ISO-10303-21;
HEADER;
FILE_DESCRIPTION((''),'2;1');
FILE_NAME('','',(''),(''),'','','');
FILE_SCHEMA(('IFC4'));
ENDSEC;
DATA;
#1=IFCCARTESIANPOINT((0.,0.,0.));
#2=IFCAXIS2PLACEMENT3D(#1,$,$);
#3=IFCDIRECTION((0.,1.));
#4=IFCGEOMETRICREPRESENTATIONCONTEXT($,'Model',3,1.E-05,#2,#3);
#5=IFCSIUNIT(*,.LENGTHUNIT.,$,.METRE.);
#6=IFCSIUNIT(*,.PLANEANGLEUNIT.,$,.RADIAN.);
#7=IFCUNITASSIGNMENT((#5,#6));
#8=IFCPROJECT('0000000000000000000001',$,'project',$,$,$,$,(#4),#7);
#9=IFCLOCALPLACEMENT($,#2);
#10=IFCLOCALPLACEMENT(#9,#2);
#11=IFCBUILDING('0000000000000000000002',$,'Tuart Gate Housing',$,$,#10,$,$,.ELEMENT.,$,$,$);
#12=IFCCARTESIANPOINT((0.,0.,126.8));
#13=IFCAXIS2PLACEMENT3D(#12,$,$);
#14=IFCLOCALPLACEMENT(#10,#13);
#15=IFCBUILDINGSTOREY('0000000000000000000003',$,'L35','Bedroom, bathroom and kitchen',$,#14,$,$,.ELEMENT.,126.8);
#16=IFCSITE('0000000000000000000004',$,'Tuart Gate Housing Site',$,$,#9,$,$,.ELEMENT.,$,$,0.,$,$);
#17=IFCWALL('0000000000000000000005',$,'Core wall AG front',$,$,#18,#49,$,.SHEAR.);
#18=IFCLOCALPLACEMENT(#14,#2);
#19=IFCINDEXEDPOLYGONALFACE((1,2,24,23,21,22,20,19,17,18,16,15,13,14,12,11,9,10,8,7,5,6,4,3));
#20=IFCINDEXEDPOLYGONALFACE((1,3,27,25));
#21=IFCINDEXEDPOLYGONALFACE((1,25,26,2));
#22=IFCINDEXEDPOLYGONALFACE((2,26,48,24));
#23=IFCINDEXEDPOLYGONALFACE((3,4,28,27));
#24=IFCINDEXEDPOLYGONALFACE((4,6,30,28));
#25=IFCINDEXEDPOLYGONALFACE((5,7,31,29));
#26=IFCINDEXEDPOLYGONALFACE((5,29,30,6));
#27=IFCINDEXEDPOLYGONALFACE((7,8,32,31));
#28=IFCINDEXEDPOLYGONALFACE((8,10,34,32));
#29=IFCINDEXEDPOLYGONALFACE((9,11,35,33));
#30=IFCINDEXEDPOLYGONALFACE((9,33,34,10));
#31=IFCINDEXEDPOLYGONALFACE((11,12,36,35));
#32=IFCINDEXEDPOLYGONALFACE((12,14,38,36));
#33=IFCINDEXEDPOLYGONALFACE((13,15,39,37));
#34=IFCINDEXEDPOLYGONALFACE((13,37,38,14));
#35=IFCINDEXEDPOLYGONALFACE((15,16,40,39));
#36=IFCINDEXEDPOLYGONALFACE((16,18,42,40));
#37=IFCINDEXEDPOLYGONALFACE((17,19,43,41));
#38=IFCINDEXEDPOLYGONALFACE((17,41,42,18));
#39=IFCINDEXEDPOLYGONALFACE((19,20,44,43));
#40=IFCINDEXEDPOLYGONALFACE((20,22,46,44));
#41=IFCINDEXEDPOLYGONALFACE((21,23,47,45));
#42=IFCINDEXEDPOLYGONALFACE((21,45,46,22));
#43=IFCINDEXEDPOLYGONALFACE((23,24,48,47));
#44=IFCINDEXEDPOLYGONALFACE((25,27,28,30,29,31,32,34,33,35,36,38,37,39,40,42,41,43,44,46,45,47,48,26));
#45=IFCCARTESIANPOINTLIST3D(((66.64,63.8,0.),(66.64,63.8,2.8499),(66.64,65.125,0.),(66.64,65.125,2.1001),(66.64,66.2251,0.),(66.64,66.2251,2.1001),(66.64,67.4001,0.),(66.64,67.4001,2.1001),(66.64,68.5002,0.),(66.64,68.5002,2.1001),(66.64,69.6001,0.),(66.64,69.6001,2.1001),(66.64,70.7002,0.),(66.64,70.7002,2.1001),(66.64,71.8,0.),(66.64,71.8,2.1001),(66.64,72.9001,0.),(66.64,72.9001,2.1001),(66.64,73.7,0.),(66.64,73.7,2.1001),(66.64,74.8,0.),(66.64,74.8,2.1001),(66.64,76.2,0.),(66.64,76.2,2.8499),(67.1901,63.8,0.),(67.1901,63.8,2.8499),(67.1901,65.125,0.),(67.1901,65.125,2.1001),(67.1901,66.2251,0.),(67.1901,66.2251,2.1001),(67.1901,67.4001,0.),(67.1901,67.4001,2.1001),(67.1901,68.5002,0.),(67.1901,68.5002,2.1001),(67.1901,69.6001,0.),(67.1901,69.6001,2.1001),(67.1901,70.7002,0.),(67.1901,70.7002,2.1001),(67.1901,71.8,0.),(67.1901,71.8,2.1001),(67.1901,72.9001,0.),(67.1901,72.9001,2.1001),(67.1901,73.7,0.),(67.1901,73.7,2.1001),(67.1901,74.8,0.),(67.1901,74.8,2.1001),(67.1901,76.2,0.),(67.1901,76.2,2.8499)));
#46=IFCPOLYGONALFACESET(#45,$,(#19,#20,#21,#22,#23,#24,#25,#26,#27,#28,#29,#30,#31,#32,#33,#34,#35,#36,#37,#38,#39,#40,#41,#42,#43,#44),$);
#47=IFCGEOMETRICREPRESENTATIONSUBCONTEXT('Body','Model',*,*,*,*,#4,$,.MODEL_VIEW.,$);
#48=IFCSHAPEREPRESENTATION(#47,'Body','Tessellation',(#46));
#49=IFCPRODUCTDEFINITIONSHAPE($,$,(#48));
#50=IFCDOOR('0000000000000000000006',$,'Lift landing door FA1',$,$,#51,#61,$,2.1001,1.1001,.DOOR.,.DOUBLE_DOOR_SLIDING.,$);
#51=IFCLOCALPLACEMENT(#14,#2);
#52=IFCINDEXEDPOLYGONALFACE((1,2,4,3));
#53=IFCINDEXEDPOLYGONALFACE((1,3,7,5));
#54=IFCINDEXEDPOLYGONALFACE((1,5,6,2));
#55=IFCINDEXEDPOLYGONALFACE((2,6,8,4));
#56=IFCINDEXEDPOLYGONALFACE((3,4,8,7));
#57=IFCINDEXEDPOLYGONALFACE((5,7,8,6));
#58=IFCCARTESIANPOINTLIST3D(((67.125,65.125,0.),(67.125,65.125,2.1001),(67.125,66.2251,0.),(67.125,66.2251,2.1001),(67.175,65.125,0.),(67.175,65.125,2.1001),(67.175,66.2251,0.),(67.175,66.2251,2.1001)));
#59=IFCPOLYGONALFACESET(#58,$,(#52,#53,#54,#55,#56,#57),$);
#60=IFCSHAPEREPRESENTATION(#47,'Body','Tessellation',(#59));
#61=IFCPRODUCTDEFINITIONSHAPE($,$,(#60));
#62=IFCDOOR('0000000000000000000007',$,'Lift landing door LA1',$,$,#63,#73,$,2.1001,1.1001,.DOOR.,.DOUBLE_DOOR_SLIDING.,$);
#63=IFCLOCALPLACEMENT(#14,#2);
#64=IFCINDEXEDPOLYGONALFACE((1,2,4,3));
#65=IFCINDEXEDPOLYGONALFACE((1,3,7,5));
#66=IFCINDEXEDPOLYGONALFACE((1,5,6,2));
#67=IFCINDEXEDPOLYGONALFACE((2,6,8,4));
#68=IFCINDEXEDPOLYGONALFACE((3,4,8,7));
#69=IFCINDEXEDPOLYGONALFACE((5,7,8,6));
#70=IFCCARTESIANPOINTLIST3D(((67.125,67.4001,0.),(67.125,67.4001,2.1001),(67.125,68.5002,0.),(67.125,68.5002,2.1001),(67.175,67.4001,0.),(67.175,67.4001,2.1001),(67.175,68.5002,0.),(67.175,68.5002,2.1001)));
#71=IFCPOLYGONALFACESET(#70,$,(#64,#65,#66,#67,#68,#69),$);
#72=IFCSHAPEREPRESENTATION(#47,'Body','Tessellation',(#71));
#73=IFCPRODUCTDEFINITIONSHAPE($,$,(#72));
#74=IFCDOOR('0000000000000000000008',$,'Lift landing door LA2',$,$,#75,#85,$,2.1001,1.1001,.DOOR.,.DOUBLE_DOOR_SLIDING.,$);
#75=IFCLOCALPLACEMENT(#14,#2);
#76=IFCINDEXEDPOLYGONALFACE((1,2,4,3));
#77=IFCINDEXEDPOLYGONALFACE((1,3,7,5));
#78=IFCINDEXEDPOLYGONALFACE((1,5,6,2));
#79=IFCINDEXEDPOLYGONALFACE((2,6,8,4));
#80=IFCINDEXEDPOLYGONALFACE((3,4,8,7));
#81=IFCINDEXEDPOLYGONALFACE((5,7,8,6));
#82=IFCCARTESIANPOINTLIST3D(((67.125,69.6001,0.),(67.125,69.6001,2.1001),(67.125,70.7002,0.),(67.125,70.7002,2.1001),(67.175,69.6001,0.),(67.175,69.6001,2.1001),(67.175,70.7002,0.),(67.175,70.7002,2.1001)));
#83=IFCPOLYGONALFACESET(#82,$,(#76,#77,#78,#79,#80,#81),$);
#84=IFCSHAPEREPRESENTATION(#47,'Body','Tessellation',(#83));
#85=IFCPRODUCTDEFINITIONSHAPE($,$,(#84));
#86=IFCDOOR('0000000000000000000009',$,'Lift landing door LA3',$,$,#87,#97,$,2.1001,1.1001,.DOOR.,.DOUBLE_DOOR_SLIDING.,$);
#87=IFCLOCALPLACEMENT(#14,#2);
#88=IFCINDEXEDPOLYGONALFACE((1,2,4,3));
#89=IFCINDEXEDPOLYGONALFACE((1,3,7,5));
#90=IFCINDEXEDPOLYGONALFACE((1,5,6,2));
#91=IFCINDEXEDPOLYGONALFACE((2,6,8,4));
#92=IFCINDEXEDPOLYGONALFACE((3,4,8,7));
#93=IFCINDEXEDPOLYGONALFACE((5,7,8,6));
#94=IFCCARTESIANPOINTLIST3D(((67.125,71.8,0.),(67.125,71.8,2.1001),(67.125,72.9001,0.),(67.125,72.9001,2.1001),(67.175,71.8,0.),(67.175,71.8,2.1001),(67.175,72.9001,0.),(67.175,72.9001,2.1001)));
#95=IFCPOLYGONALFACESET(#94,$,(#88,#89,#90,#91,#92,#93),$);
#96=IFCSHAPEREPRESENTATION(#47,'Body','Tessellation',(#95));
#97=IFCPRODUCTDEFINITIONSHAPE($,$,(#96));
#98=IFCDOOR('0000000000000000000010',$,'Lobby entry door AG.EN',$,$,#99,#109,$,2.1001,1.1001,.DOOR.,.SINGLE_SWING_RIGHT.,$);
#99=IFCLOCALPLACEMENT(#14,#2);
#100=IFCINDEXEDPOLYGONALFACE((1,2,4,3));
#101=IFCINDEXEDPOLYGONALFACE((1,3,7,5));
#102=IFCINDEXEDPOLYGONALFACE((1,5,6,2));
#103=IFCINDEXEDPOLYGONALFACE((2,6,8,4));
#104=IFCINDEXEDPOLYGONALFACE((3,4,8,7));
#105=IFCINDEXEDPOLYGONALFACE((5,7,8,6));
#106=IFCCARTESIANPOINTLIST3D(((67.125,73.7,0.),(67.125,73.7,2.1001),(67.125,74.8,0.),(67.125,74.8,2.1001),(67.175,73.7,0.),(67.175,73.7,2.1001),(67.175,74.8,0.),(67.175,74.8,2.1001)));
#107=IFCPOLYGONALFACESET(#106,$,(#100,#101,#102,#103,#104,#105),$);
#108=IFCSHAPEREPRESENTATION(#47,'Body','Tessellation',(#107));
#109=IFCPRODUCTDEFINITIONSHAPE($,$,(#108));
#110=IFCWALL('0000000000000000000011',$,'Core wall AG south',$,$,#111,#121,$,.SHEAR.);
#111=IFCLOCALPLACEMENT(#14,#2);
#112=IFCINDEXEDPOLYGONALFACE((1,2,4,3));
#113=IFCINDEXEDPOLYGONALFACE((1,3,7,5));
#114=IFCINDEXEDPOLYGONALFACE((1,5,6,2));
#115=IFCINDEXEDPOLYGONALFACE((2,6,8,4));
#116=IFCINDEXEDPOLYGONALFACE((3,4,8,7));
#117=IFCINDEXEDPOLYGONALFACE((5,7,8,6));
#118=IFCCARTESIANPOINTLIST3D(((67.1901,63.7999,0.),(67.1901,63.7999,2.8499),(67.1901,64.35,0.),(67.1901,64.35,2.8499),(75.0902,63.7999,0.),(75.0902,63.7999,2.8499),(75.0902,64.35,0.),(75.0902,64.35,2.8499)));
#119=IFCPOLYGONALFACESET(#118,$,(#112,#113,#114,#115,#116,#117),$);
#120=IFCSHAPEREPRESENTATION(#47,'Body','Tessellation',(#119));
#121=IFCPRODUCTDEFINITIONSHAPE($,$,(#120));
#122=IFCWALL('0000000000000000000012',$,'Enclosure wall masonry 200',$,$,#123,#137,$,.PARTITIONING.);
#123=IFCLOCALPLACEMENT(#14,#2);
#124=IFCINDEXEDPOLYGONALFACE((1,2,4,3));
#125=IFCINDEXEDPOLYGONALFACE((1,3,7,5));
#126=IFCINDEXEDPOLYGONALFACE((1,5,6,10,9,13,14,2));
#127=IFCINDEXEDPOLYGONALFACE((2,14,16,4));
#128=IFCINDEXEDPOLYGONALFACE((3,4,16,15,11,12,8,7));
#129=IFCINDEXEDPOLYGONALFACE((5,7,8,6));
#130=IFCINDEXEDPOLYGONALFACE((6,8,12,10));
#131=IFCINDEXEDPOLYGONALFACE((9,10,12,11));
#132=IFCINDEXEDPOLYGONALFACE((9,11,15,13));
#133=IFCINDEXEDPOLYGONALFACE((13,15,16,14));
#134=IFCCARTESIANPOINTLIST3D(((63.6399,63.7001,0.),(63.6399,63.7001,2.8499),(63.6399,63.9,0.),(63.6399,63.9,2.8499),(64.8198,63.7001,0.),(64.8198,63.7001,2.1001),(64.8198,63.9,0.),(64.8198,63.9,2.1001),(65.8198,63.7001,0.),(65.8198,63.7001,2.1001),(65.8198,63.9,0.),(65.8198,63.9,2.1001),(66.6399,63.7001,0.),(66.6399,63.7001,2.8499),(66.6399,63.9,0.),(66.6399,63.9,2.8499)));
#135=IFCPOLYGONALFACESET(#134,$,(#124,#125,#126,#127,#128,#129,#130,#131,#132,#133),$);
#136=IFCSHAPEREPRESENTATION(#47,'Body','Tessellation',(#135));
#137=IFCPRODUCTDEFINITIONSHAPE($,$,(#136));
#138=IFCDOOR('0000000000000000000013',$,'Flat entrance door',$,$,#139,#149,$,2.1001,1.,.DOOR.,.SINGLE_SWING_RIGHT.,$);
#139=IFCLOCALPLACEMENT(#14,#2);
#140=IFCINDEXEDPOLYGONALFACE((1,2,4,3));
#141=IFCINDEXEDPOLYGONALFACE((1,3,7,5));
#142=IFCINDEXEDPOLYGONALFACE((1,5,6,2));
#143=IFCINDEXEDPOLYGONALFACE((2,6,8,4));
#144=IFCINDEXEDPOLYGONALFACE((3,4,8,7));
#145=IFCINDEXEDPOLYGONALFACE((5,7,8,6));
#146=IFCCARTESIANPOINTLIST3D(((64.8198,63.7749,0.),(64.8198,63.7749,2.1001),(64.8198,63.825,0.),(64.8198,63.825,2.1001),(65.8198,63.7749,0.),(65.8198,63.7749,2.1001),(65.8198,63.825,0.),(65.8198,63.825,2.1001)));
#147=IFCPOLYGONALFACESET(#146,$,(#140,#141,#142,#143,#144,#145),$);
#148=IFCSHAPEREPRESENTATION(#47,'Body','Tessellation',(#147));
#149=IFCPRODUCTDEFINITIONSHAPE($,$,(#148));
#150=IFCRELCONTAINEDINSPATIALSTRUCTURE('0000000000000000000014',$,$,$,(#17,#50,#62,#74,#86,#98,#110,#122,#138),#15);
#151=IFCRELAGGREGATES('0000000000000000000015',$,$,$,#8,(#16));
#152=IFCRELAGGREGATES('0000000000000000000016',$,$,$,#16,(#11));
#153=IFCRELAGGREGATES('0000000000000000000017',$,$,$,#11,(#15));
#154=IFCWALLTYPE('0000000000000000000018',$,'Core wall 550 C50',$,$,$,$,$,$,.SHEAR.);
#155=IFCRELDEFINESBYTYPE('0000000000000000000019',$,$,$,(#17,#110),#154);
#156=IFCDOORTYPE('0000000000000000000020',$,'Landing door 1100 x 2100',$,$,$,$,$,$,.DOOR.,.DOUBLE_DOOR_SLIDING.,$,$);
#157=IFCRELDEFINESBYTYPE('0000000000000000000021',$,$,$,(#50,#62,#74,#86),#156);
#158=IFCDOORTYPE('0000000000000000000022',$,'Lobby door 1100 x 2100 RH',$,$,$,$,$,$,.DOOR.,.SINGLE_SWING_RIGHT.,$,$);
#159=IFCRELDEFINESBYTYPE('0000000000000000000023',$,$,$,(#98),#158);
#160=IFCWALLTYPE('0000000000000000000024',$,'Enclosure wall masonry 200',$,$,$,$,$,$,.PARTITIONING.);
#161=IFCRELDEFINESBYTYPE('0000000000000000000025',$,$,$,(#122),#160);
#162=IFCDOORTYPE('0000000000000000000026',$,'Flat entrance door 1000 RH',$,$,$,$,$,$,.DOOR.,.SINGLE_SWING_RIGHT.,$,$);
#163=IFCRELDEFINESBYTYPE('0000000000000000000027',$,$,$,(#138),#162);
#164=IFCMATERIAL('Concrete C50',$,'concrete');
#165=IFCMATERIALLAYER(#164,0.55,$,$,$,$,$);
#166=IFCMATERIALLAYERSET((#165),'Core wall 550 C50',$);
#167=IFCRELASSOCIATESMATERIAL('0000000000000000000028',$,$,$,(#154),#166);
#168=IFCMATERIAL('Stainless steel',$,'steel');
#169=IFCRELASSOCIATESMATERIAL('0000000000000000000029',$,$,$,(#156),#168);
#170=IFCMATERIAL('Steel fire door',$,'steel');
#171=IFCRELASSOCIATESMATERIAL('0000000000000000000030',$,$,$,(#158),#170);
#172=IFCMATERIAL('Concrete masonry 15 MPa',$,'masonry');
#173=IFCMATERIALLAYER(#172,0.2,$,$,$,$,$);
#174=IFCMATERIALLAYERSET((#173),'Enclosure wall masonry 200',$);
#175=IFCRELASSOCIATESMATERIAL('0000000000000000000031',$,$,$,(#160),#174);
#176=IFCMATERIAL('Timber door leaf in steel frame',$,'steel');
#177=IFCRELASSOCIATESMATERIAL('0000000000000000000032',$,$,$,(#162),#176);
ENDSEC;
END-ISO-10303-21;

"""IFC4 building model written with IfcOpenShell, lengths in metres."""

from ifc_helpers import new_model, si_unit, direction, frame, frame_2d, origin, place, context, subcontext, project, spatial, rectangle, extrude, material, layer, layer_set, type_object, element, fill, save


model = new_model("IFC4")

# Units and contexts
model_context = context("Model", 3, precision=1e-05, world=origin(), true_north=direction((0.0, 1.0)))
body_context = subcontext(model_context, "Body", "Model", "MODEL_VIEW")
ifc_project = project(units=[si_unit("LENGTHUNIT", "METRE"), si_unit("PLANEANGLEUNIT", "RADIAN")], contexts=[model_context])

# Site, building, storey
site_placement = place(None, origin())
site = spatial("IfcSite", under=ifc_project, at=site_placement, Name="Tuart Gate Housing Site", CompositionType="ELEMENT", RefElevation=0.0)
building_placement = place(site_placement, origin())
building = spatial("IfcBuilding", under=site, at=building_placement, Name="Tuart Gate Housing", CompositionType="ELEMENT")
storey_placement = place(building_placement, frame((0.0, 0.0, 126.8)))
storey = spatial("IfcBuildingStorey", under=building, at=storey_placement, Name="L35", Description="Bedroom, bathroom and kitchen", CompositionType="ELEMENT", Elevation=126.8)

# Wall, openings, doors
ifc_material_1 = material(Name="Concrete C50", Category="concrete")
ifc_layer_1 = layer(ifc_material_1, 0.55)
ifc_layer_set_1 = layer_set([ifc_layer_1], Name="Core wall 550 C50")
wall_type_1 = type_object("IfcWallType", Name="Core wall 550 C50", PredefinedType="SHEAR", material=ifc_layer_set_1)
wall_1_placement = place(storey_placement, frame((66.915, 63.8, 0.0), z_axis=(0.0, 0.0, 1.0), x_axis=(0.0, 1.0, 0.0)))
wall_1 = element("IfcWall", 1, at=wall_1_placement, inside=storey, type_object=wall_type_1, Name="Core wall AG front", PredefinedType="SHEAR", context=body_context, shape_type="SweptSolid", body=[
    extrude(rectangle(XDim=12.3999, YDim=0.55, at=frame_2d((6.2, 0.0))), origin(), (0.0, 0.0, 1.0), 2.8499),
])
opening_1_placement = place(wall_1_placement, frame((1.325, 0.0, 0.0)))
opening_1 = element("IfcOpeningElement", 2, at=opening_1_placement, cuts=wall_1, PredefinedType="OPENING", context=body_context, shape_type="SweptSolid", body=[
    extrude(rectangle(XDim=1.1001, YDim=2.1001, at=frame_2d((0.55, 1.05))), frame((0.0, 0.2849, 0.0), z_axis=(0.0, -1.0, 0.0), x_axis=(1.0, 0.0, 0.0)), (0.0, 0.0, 1.0), 0.5701),
])
opening_2_placement = place(wall_1_placement, frame((3.6001, 0.0, 0.0)))
opening_2 = element("IfcOpeningElement", 3, at=opening_2_placement, cuts=wall_1, PredefinedType="OPENING", context=body_context, shape_type="SweptSolid", body=[
    extrude(rectangle(XDim=1.1001, YDim=2.1001, at=frame_2d((0.55, 1.05))), frame((0.0, 0.2849, 0.0), z_axis=(0.0, -1.0, 0.0), x_axis=(1.0, 0.0, 0.0)), (0.0, 0.0, 1.0), 0.5701),
])
opening_3_placement = place(wall_1_placement, frame((5.8, 0.0, 0.0)))
opening_3 = element("IfcOpeningElement", 4, at=opening_3_placement, cuts=wall_1, PredefinedType="OPENING", context=body_context, shape_type="SweptSolid", body=[
    extrude(rectangle(XDim=1.1001, YDim=2.1001, at=frame_2d((0.55, 1.05))), frame((0.0, 0.2849, 0.0), z_axis=(0.0, -1.0, 0.0), x_axis=(1.0, 0.0, 0.0)), (0.0, 0.0, 1.0), 0.5701),
])
opening_4_placement = place(wall_1_placement, frame((8.0, 0.0, 0.0)))
opening_4 = element("IfcOpeningElement", 5, at=opening_4_placement, cuts=wall_1, PredefinedType="OPENING", context=body_context, shape_type="SweptSolid", body=[
    extrude(rectangle(XDim=1.1001, YDim=2.1001, at=frame_2d((0.55, 1.05))), frame((0.0, 0.2849, 0.0), z_axis=(0.0, -1.0, 0.0), x_axis=(1.0, 0.0, 0.0)), (0.0, 0.0, 1.0), 0.5701),
])
opening_5_placement = place(wall_1_placement, frame((9.8999, 0.0, 0.0)))
opening_5 = element("IfcOpeningElement", 6, at=opening_5_placement, cuts=wall_1, PredefinedType="OPENING", context=body_context, shape_type="SweptSolid", body=[
    extrude(rectangle(XDim=1.1001, YDim=2.1001, at=frame_2d((0.55, 1.05))), frame((0.0, 0.2849, 0.0), z_axis=(0.0, -1.0, 0.0), x_axis=(1.0, 0.0, 0.0)), (0.0, 0.0, 1.0), 0.5701),
])
ifc_material_2 = material(Name="Stainless steel", Category="steel")
door_type_1 = type_object("IfcDoorType", Name="Landing door 1100 x 2100", OperationType="DOUBLE_DOOR_SLIDING", PredefinedType="DOOR", material=ifc_material_2)
door_1_placement = place(opening_1_placement, origin())
door_1 = element("IfcDoor", 7, at=door_1_placement, inside=storey, type_object=door_type_1, Name="Lift landing door FA1", OperationType="DOUBLE_DOOR_SLIDING", OverallHeight=2.1001, OverallWidth=1.1001, PredefinedType="DOOR", context=body_context, shape_type="SweptSolid", body=[
    extrude(rectangle(XDim=1.1001, YDim=2.1001, at=frame_2d((0.55, 1.05))), frame((0.0, -0.21, 0.0), z_axis=(0.0, -1.0, 0.0), x_axis=(1.0, 0.0, 0.0)), (0.0, 0.0, 1.0), 0.05),
])
fill(opening_1, door_1)
door_2_placement = place(opening_2_placement, origin())
door_2 = element("IfcDoor", 8, at=door_2_placement, inside=storey, type_object=door_type_1, Name="Lift landing door LA1", OperationType="DOUBLE_DOOR_SLIDING", OverallHeight=2.1001, OverallWidth=1.1001, PredefinedType="DOOR", context=body_context, shape_type="SweptSolid", body=[
    extrude(rectangle(XDim=1.1001, YDim=2.1001, at=frame_2d((0.55, 1.05))), frame((0.0, -0.21, 0.0), z_axis=(0.0, -1.0, 0.0), x_axis=(1.0, 0.0, 0.0)), (0.0, 0.0, 1.0), 0.05),
])
fill(opening_2, door_2)
door_3_placement = place(opening_3_placement, origin())
door_3 = element("IfcDoor", 9, at=door_3_placement, inside=storey, type_object=door_type_1, Name="Lift landing door LA2", OperationType="DOUBLE_DOOR_SLIDING", OverallHeight=2.1001, OverallWidth=1.1001, PredefinedType="DOOR", context=body_context, shape_type="SweptSolid", body=[
    extrude(rectangle(XDim=1.1001, YDim=2.1001, at=frame_2d((0.55, 1.05))), frame((0.0, -0.21, 0.0), z_axis=(0.0, -1.0, 0.0), x_axis=(1.0, 0.0, 0.0)), (0.0, 0.0, 1.0), 0.05),
])
fill(opening_3, door_3)
door_4_placement = place(opening_4_placement, origin())
door_4 = element("IfcDoor", 10, at=door_4_placement, inside=storey, type_object=door_type_1, Name="Lift landing door LA3", OperationType="DOUBLE_DOOR_SLIDING", OverallHeight=2.1001, OverallWidth=1.1001, PredefinedType="DOOR", context=body_context, shape_type="SweptSolid", body=[
    extrude(rectangle(XDim=1.1001, YDim=2.1001, at=frame_2d((0.55, 1.05))), frame((0.0, -0.21, 0.0), z_axis=(0.0, -1.0, 0.0), x_axis=(1.0, 0.0, 0.0)), (0.0, 0.0, 1.0), 0.05),
])
fill(opening_4, door_4)
ifc_material_3 = material(Name="Steel fire door", Category="steel")
door_type_2 = type_object("IfcDoorType", Name="Lobby door 1100 x 2100 RH", OperationType="SINGLE_SWING_RIGHT", PredefinedType="DOOR", material=ifc_material_3)
door_5_placement = place(opening_5_placement, frame((1.1001, 0.0, 0.0), z_axis=(0.0, 0.0, 1.0), x_axis=(-1.0, 0.0, 0.0)))
door_5 = element("IfcDoor", 11, at=door_5_placement, inside=storey, type_object=door_type_2, Name="Lobby entry door AG.EN", OperationType="SINGLE_SWING_RIGHT", OverallHeight=2.1001, OverallWidth=1.1001, PredefinedType="DOOR", context=body_context, shape_type="SweptSolid", body=[
    extrude(rectangle(XDim=1.1001, YDim=2.1001, at=frame_2d((0.55, 1.05))), frame((0.0, 0.26, 0.0), z_axis=(0.0, -1.0, 0.0), x_axis=(1.0, 0.0, 0.0)), (0.0, 0.0, 1.0), 0.05),
])
fill(opening_5, door_5)

# Wall
wall_2_placement = place(storey_placement, frame((67.1899, 64.075, 0.0), z_axis=(0.0, 0.0, 1.0), x_axis=(1.0, 0.0, 0.0)))
element("IfcWall", 12, at=wall_2_placement, inside=storey, type_object=wall_type_1, Name="Core wall AG south", PredefinedType="SHEAR", context=body_context, shape_type="SweptSolid", body=[
    extrude(rectangle(XDim=7.9001, YDim=0.55, at=frame_2d((3.9502, 0.0))), origin(), (0.0, 0.0, 1.0), 2.8499),
])

# Wall, opening, door
ifc_material_4 = material(Name="Concrete masonry 15 MPa", Category="masonry")
ifc_layer_2 = layer(ifc_material_4, 0.2)
ifc_layer_set_2 = layer_set([ifc_layer_2], Name="Enclosure wall masonry 200")
wall_type_2 = type_object("IfcWallType", Name="Enclosure wall masonry 200", PredefinedType="PARTITIONING", material=ifc_layer_set_2)
wall_3_placement = place(storey_placement, frame((63.6399, 63.8, 0.0), z_axis=(0.0, 0.0, 1.0), x_axis=(1.0, 0.0, 0.0)))
wall_3 = element("IfcWall", 13, at=wall_3_placement, inside=storey, type_object=wall_type_2, Name="Enclosure wall masonry 200", PredefinedType="PARTITIONING", context=body_context, shape_type="SweptSolid", body=[
    extrude(rectangle(XDim=3.0, YDim=0.2, at=frame_2d((1.5, 0.0))), origin(), (0.0, 0.0, 1.0), 2.8499),
])
opening_6_placement = place(wall_3_placement, frame((1.1799, 0.0, 0.0)))
opening_6 = element("IfcOpeningElement", 14, at=opening_6_placement, cuts=wall_3, PredefinedType="OPENING", context=body_context, shape_type="SweptSolid", body=[
    extrude(rectangle(XDim=1.0, YDim=2.1001, at=frame_2d((0.5, 1.05))), frame((0.0, 0.1099, 0.0), z_axis=(0.0, -1.0, 0.0), x_axis=(1.0, 0.0, 0.0)), (0.0, 0.0, 1.0), 0.22),
])
ifc_material_5 = material(Name="Timber door leaf in steel frame", Category="steel")
door_type_3 = type_object("IfcDoorType", Name="Flat entrance door 1000 RH", OperationType="SINGLE_SWING_RIGHT", PredefinedType="DOOR", material=ifc_material_5)
door_6_placement = place(opening_6_placement, frame((1.0, 0.0, 0.0), z_axis=(0.0, 0.0, 1.0), x_axis=(-1.0, 0.0, 0.0)))
door_6 = element("IfcDoor", 15, at=door_6_placement, inside=storey, type_object=door_type_3, Name="Flat entrance door", OperationType="SINGLE_SWING_RIGHT", OverallHeight=2.1001, OverallWidth=1.0, PredefinedType="DOOR", context=body_context, shape_type="SweptSolid", body=[
    extrude(rectangle(XDim=1.0, YDim=2.1001, at=frame_2d((0.5, 1.05))), frame((0.0, 0.0251, 0.0), z_axis=(0.0, -1.0, 0.0), x_axis=(1.0, 0.0, 0.0)), (0.0, 0.0, 1.0), 0.05),
])
fill(opening_6, door_6)

save(model, "model.ifc")
